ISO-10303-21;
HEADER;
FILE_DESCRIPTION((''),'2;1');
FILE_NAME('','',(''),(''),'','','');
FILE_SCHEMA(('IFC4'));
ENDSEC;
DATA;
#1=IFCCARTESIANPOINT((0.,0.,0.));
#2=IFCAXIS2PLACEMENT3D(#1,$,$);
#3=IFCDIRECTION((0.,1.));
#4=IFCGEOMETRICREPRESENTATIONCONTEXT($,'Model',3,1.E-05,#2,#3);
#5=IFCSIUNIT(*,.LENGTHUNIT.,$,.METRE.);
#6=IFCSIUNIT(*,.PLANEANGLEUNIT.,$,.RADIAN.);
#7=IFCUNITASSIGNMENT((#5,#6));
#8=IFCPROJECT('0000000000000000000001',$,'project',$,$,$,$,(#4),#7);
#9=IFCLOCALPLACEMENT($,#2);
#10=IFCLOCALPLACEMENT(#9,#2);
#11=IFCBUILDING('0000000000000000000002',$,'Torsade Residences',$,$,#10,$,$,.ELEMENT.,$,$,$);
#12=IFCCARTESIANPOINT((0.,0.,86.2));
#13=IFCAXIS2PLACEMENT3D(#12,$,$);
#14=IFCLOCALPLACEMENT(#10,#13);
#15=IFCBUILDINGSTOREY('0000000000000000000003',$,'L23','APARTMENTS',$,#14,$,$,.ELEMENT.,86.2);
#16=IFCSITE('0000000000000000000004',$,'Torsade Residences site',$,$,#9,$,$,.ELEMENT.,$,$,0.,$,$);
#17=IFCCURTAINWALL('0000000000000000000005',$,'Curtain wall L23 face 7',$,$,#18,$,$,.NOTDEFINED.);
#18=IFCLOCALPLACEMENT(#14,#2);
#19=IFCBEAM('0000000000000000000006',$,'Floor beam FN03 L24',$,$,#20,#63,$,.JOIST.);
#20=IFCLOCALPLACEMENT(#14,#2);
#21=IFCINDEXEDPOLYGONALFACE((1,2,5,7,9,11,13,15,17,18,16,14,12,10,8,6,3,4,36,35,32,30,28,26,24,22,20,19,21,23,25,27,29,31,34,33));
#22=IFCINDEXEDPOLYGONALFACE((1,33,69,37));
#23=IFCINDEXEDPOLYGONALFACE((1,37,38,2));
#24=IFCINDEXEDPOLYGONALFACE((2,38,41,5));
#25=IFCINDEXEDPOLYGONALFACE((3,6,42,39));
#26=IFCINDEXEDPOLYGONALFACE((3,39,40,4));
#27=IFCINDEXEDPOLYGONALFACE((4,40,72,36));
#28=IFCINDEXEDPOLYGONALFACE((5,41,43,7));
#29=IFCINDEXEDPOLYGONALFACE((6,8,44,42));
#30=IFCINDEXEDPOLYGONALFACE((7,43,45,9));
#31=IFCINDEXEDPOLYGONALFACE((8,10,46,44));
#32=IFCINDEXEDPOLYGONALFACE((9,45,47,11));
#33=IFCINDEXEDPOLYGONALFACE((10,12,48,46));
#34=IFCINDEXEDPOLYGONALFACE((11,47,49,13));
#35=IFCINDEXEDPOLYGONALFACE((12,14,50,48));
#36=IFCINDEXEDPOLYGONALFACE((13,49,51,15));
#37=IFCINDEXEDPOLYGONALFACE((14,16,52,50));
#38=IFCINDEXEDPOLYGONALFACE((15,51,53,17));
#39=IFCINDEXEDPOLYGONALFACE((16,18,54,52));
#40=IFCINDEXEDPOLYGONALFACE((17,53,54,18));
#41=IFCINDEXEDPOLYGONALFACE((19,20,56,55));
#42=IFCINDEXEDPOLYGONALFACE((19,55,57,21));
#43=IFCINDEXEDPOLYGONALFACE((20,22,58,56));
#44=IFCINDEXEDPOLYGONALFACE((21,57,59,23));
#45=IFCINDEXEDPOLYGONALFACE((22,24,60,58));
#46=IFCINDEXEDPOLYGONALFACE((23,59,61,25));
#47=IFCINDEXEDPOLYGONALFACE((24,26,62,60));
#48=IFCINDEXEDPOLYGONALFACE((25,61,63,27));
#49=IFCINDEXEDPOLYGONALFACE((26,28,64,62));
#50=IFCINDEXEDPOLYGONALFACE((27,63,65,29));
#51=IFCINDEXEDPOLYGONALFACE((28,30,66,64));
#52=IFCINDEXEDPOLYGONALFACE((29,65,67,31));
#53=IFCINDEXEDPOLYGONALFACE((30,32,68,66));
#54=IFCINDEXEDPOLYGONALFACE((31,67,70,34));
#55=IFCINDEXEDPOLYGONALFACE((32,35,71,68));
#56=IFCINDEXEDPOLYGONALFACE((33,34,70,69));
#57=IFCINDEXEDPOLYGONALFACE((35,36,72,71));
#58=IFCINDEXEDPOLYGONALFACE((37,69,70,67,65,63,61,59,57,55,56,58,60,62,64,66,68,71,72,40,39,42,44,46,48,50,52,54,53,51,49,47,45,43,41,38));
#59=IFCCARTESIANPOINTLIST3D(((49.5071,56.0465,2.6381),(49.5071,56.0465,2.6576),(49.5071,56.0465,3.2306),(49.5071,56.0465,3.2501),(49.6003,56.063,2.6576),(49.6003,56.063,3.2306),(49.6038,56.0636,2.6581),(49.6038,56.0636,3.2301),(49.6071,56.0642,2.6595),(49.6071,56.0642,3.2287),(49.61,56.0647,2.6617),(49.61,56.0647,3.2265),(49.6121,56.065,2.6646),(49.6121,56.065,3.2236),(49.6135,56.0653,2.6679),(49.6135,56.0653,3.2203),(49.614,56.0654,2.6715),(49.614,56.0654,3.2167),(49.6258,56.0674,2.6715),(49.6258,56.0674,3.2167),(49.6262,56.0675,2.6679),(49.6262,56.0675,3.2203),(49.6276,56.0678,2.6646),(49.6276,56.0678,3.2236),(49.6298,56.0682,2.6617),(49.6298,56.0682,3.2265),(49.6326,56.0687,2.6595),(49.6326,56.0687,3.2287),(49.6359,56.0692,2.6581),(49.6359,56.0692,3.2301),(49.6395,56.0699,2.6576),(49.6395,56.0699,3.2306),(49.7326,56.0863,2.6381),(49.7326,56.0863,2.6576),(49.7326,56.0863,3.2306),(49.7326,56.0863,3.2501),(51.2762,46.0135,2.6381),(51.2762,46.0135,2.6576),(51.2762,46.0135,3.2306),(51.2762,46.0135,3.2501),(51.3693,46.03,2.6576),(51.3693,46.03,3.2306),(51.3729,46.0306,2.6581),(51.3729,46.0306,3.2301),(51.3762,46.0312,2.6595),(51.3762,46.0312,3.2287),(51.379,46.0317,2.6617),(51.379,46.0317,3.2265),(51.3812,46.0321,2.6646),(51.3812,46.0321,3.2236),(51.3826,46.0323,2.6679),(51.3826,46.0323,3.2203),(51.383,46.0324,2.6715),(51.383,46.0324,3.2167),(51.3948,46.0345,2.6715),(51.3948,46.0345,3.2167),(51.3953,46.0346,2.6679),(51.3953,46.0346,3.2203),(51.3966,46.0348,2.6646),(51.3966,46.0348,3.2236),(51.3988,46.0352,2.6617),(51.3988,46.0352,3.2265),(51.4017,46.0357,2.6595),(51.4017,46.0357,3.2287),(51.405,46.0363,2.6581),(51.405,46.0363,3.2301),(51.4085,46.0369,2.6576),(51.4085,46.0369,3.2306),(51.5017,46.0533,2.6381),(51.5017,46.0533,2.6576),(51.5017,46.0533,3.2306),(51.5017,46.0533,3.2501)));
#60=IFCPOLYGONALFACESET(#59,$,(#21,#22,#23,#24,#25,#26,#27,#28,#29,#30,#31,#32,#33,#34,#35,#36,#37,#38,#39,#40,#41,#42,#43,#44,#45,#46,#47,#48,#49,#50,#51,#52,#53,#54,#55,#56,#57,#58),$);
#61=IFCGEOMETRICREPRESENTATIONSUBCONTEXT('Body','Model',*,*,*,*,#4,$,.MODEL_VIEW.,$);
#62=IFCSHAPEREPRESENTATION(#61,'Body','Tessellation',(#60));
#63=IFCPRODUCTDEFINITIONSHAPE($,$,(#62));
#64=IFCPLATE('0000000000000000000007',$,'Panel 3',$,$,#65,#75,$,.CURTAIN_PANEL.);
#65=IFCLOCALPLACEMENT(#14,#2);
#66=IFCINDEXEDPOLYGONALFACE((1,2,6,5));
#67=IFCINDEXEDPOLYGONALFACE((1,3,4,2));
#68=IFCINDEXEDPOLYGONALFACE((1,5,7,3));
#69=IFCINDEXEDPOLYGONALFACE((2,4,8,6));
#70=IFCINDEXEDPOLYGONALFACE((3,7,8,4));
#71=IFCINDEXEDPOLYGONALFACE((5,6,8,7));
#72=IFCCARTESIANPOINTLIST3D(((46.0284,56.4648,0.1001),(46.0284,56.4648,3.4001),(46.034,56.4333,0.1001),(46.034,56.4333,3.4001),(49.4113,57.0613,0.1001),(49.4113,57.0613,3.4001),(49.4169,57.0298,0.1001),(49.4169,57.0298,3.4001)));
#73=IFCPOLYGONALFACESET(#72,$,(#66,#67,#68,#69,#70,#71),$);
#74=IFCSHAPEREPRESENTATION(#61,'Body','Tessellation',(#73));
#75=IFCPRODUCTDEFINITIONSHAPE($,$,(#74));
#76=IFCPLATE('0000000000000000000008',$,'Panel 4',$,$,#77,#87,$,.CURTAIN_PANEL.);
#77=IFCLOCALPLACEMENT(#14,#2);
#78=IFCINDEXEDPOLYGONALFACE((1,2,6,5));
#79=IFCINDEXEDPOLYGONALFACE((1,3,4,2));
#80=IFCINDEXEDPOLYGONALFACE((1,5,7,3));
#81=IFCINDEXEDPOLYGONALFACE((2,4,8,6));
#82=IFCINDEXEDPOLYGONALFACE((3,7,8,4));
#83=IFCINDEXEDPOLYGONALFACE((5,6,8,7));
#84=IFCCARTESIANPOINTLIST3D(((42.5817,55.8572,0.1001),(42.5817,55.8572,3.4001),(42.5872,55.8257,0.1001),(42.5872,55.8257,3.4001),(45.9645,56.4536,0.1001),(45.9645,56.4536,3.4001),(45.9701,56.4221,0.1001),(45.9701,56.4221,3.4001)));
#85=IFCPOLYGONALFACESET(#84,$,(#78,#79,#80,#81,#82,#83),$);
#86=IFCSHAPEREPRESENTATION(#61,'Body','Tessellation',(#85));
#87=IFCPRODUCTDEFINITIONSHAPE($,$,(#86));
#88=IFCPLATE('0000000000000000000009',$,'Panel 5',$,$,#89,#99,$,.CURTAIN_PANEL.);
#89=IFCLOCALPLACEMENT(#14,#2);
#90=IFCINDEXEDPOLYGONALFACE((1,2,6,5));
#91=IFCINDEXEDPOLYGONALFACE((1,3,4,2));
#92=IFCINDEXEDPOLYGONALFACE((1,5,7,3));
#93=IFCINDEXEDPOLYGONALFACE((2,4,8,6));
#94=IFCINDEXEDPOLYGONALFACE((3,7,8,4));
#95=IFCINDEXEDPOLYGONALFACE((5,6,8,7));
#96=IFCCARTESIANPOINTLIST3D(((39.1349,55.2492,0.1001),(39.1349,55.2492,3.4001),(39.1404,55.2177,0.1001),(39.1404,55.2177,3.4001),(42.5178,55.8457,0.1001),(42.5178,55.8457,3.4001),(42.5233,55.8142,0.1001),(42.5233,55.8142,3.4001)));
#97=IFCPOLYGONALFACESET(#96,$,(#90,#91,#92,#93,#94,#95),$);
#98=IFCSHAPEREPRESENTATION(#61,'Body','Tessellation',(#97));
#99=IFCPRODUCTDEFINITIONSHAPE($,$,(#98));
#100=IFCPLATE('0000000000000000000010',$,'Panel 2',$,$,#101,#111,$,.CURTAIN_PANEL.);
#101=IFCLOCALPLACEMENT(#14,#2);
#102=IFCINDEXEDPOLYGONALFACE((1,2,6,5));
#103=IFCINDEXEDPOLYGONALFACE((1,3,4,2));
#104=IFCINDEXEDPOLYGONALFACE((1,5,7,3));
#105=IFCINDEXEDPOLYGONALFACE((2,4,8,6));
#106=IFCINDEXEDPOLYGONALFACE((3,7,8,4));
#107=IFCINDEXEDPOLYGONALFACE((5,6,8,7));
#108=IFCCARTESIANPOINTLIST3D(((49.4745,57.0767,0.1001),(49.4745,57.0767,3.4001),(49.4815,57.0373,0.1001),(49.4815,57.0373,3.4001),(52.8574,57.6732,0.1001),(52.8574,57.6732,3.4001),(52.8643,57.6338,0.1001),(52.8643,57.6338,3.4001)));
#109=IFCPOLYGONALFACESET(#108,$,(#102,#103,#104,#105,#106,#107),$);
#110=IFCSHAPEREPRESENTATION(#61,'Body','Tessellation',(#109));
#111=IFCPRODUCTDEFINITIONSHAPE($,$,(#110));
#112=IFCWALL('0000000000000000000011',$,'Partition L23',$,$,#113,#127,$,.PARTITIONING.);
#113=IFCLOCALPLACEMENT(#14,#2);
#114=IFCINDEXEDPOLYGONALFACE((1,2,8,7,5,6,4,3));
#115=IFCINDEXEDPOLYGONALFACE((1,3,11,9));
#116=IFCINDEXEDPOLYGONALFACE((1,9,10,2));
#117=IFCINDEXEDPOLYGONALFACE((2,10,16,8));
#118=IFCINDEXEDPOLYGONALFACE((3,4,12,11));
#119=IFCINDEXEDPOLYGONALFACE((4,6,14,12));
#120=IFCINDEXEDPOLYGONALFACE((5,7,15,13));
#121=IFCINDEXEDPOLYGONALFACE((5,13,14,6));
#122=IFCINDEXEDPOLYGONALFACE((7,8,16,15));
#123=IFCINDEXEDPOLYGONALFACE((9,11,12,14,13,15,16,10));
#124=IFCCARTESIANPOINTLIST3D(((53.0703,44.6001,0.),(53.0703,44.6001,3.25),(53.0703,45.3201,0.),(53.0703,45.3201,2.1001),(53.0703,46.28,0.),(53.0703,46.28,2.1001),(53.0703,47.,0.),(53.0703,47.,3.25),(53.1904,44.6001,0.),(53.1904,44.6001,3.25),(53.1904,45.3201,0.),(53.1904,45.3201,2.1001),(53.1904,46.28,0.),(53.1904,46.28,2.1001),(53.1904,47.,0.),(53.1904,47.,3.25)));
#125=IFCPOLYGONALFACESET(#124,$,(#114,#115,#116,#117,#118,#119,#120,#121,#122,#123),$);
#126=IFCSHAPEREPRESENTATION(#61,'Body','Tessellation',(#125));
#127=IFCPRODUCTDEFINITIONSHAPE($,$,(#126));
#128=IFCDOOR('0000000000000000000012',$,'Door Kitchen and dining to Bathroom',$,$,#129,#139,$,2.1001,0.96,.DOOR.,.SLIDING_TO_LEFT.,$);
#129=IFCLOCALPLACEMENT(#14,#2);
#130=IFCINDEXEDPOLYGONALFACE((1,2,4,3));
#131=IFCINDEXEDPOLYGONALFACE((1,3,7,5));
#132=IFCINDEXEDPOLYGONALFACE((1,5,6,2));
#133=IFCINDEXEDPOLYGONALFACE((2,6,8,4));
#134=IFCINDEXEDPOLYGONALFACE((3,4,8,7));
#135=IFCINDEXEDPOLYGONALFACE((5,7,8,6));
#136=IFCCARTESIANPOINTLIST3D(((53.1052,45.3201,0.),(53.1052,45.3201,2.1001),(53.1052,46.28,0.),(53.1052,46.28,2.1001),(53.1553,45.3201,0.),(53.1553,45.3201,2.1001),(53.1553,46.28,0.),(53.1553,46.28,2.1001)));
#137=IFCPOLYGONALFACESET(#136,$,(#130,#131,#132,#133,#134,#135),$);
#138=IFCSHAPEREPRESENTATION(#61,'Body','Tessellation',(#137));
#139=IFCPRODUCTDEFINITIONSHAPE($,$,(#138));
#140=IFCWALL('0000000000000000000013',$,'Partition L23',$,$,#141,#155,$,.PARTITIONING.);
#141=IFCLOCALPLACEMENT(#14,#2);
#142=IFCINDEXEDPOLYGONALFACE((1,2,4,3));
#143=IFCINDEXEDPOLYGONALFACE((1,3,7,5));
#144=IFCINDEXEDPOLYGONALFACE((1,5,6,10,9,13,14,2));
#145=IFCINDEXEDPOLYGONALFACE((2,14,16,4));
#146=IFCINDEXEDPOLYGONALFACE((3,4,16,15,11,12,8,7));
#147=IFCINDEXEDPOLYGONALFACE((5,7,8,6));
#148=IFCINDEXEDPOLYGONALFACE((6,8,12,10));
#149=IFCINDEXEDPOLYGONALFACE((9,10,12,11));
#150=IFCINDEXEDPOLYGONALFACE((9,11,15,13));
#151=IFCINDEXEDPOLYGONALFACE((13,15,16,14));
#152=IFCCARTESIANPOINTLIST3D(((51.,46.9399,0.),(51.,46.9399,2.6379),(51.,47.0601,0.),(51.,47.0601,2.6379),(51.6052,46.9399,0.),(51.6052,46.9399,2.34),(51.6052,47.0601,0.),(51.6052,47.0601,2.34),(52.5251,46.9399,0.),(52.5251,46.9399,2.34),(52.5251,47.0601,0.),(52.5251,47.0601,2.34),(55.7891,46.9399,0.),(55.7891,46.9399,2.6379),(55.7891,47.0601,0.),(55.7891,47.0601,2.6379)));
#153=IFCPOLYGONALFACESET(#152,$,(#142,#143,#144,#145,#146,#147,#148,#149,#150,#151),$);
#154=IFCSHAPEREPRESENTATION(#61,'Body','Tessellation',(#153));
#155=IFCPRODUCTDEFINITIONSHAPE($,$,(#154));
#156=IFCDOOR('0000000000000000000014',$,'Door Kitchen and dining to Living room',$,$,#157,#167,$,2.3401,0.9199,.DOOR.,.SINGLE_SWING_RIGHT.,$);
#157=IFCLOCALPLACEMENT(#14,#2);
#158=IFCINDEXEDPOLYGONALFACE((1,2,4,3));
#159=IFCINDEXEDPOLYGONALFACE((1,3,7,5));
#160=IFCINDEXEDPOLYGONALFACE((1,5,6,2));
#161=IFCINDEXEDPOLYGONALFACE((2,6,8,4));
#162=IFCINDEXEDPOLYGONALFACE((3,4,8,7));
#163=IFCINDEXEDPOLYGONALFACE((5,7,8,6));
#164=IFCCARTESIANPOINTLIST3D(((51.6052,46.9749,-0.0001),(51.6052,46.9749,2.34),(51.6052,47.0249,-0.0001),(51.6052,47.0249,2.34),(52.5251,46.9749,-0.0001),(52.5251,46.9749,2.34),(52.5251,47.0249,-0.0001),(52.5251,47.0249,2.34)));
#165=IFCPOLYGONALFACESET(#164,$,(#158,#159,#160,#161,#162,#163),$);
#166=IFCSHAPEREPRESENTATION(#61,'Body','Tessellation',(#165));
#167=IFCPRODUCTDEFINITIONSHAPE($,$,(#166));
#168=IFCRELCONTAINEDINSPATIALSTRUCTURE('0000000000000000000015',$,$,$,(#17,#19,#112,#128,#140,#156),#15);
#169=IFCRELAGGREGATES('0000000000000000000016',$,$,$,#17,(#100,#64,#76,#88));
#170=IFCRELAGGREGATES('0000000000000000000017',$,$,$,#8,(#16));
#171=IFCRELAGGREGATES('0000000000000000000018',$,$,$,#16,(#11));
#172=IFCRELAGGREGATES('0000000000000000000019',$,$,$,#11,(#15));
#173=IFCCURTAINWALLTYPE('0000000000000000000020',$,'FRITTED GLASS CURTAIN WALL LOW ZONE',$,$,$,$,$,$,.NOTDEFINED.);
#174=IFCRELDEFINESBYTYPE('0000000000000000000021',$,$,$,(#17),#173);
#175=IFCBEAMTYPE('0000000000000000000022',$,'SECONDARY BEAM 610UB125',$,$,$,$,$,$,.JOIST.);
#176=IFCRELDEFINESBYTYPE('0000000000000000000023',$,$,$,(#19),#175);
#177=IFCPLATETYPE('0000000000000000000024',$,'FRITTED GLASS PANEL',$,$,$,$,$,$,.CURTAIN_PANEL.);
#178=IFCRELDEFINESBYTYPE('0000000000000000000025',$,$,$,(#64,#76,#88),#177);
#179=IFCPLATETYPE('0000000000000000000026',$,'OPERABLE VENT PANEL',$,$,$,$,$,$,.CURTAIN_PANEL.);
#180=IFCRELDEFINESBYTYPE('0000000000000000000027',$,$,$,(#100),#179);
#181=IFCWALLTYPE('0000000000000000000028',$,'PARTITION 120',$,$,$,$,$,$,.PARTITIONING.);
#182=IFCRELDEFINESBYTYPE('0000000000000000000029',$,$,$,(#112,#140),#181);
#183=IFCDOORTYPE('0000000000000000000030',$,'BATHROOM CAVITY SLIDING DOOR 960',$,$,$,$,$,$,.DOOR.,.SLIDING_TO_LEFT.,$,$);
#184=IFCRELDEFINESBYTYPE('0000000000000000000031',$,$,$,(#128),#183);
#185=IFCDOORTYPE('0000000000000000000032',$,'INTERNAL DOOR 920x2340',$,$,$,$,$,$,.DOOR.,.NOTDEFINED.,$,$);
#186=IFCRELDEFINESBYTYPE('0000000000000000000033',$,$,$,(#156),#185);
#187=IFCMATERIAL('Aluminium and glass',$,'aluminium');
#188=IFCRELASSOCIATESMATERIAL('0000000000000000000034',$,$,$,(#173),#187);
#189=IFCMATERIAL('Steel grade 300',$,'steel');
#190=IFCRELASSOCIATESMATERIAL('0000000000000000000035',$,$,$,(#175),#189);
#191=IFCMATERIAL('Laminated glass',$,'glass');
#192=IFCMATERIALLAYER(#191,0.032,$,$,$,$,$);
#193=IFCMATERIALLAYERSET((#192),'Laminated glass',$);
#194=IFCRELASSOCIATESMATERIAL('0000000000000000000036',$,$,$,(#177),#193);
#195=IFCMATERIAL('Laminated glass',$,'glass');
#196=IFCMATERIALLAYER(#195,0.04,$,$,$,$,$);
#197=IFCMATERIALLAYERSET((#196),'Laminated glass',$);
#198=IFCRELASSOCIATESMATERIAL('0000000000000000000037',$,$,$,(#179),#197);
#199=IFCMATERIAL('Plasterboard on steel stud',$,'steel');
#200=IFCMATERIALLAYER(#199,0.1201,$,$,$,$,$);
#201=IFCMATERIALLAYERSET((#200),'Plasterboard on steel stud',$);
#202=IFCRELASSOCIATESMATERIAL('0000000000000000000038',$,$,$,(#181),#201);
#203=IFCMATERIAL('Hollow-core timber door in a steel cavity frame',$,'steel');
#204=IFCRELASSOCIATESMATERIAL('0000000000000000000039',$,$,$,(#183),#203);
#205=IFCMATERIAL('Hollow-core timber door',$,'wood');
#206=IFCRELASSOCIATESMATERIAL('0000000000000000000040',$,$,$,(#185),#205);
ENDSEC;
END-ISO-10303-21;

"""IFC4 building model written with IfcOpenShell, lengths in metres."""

from ifc_helpers import new_model, si_unit, direction, frame, frame_2d, origin, origin_2d, place, context, subcontext, project, spatial, rectangle, i_section, extrude, material, layer, layer_set, material_profile, profile_set, type_object, element, fill, aggregate, save


model = new_model("IFC4")

# Units and contexts
model_context = context("Model", 3, precision=1e-05, world=origin(), true_north=direction((0.0, 1.0)))
body_context = subcontext(model_context, "Body", "Model", "MODEL_VIEW")
ifc_project = project(units=[si_unit("LENGTHUNIT", "METRE"), si_unit("PLANEANGLEUNIT", "RADIAN")], contexts=[model_context])

# Site, building, storey
site_placement = place(None, origin())
site = spatial("IfcSite", under=ifc_project, at=site_placement, Name="Torsade Residences site", CompositionType="ELEMENT", RefElevation=0.0)
building_placement = place(site_placement, origin())
building = spatial("IfcBuilding", under=site, at=building_placement, Name="Torsade Residences", CompositionType="ELEMENT")
storey_placement = place(building_placement, frame((0.0, 0.0, 86.2)))
storey = spatial("IfcBuildingStorey", under=building, at=storey_placement, Name="L23", Description="APARTMENTS", CompositionType="ELEMENT", Elevation=86.2)

# Curtain wall
ifc_material_1 = material(Name="Aluminium and glass", Category="aluminium")
curtain_wall_type = type_object("IfcCurtainWallType", Name="FRITTED GLASS CURTAIN WALL LOW ZONE", PredefinedType="NOTDEFINED", material=ifc_material_1)
curtain_wall_placement = place(storey_placement, origin())
curtain_wall = element("IfcCurtainWall", 1, at=curtain_wall_placement, inside=storey, type_object=curtain_wall_type, Name="Curtain wall L23 face 7", PredefinedType="NOTDEFINED")

# Beam
ifc_material_2 = material(Name="Steel grade 300", Category="steel")
ifc_material_profile_1 = material_profile(ifc_material_2, i_section(OverallWidth=0.229, OverallDepth=0.6121, WebThickness=0.012, FlangeThickness=0.0195, FilletRadius=0.0139, at=origin_2d()), Name="610UB125")
ifc_profile_set_1 = profile_set([ifc_material_profile_1], Name="Steel grade 300")
beam_type_1 = type_object("IfcBeamType", Name="SECONDARY BEAM 610UB125", PredefinedType="JOIST", material=ifc_profile_set_1)
beam_1_placement = place(storey_placement, frame((49.6199, 56.0664, 2.9441), z_axis=(0.173645, -0.984808, 0.0), x_axis=(0.984808, 0.173645, 0.0)))
element("IfcBeam", 2, at=beam_1_placement, inside=storey, type_object=beam_type_1, Name="Floor beam FN03 L24", PredefinedType="JOIST", context=body_context, shape_type="SweptSolid", body=[
    extrude(i_section(OverallWidth=0.229, OverallDepth=0.6121, WebThickness=0.012, FlangeThickness=0.0195, FilletRadius=0.0139, at=origin_2d()), origin(), (0.0, 0.0, 1.0), 10.1877),
])

# Plates
ifc_material_3 = material(Name="Laminated glass", Category="glass")
ifc_layer_1 = layer(ifc_material_3, 0.032)
ifc_layer_set_1 = layer_set([ifc_layer_1], Name="Laminated glass")
plate_type_1 = type_object("IfcPlateType", Name="FRITTED GLASS PANEL", PredefinedType="CURTAIN_PANEL", material=ifc_layer_set_1)
plate_1_placement = place(storey_placement, frame((47.7227, 56.7473, 0.1001), z_axis=(0.0, 0.0, 1.0), x_axis=(-0.984808, -0.173648, 0.0)))
plate_1 = element("IfcPlate", 3, at=plate_1_placement, type_object=plate_type_1, Name="Panel 3", PredefinedType="CURTAIN_PANEL", context=body_context, shape_type="SweptSolid", body=[
    extrude(rectangle(XDim=3.4351, YDim=0.032, at=origin_2d()), origin(), (0.0, 0.0, 1.0), 3.3),
])
plate_2_placement = place(storey_placement, frame((44.2759, 56.1396, 0.1001), z_axis=(0.0, 0.0, 1.0), x_axis=(-0.984808, -0.173648, 0.0)))
plate_2 = element("IfcPlate", 4, at=plate_2_placement, type_object=plate_type_1, Name="Panel 4", PredefinedType="CURTAIN_PANEL", context=body_context, shape_type="SweptSolid", body=[
    extrude(rectangle(XDim=3.4351, YDim=0.032, at=origin_2d()), origin(), (0.0, 0.0, 1.0), 3.3),
])
plate_3_placement = place(storey_placement, frame((40.8291, 55.5317, 0.1001), z_axis=(0.0, 0.0, 1.0), x_axis=(-0.984808, -0.173648, 0.0)))
plate_3 = element("IfcPlate", 5, at=plate_3_placement, type_object=plate_type_1, Name="Panel 5", PredefinedType="CURTAIN_PANEL", context=body_context, shape_type="SweptSolid", body=[
    extrude(rectangle(XDim=3.4351, YDim=0.032, at=origin_2d()), origin(), (0.0, 0.0, 1.0), 3.3),
])
ifc_material_4 = material(Name="Laminated glass", Category="glass")
ifc_layer_2 = layer(ifc_material_4, 0.04)
ifc_layer_set_2 = layer_set([ifc_layer_2], Name="Laminated glass")
plate_type_2 = type_object("IfcPlateType", Name="OPERABLE VENT PANEL", PredefinedType="CURTAIN_PANEL", material=ifc_layer_set_2)
plate_4_placement = place(storey_placement, frame((51.1694, 57.3552, 0.1001), z_axis=(0.0, 0.0, 1.0), x_axis=(-0.984808, -0.173648, 0.0)))
plate_4 = element("IfcPlate", 6, at=plate_4_placement, type_object=plate_type_2, Name="Panel 2", PredefinedType="CURTAIN_PANEL", context=body_context, shape_type="SweptSolid", body=[
    extrude(rectangle(XDim=3.4351, YDim=0.04, at=origin_2d()), origin(), (0.0, 0.0, 1.0), 3.3),
])
aggregate(curtain_wall, [plate_4, plate_1, plate_2, plate_3])

# Walls, openings, doors
ifc_material_5 = material(Name="Plasterboard on steel stud", Category="steel")
ifc_layer_3 = layer(ifc_material_5, 0.1201)
ifc_layer_set_3 = layer_set([ifc_layer_3], Name="Plasterboard on steel stud")
wall_type_1 = type_object("IfcWallType", Name="PARTITION 120", PredefinedType="PARTITIONING", material=ifc_layer_set_3)
wall_1_placement = place(storey_placement, frame((53.1304, 47.0, 0.0), z_axis=(0.0, 0.0, 1.0), x_axis=(0.0, -1.0, 0.0)))
wall_1 = element("IfcWall", 7, at=wall_1_placement, inside=storey, type_object=wall_type_1, Name="Partition L23", PredefinedType="PARTITIONING", context=body_context, shape_type="SweptSolid", body=[
    extrude(rectangle(XDim=2.3999, YDim=0.1201, at=frame_2d((1.2, 0.0))), origin(), (0.0, 0.0, 1.0), 3.25),
])
opening_1_placement = place(wall_1_placement, frame((0.72, 0.0, 0.0)))
opening_1 = element("IfcOpeningElement", 8, at=opening_1_placement, cuts=wall_1, PredefinedType="OPENING", context=body_context, shape_type="SweptSolid", body=[
    extrude(rectangle(XDim=0.96, YDim=2.1001, at=frame_2d((0.48, 1.05))), frame((0.0, 0.0701, 0.0), z_axis=(0.0, -1.0, 0.0), x_axis=(1.0, 0.0, 0.0)), (0.0, 0.0, 1.0), 0.1401),
])
ifc_material_6 = material(Name="Hollow-core timber door in a steel cavity frame", Category="steel")
door_type_1 = type_object("IfcDoorType", Name="BATHROOM CAVITY SLIDING DOOR 960", OperationType="SLIDING_TO_LEFT", PredefinedType="DOOR", material=ifc_material_6)
door_1_placement = place(opening_1_placement, origin())
door_1 = element("IfcDoor", 9, at=door_1_placement, inside=storey, type_object=door_type_1, Name="Door Kitchen and dining to Bathroom", OperationType="SLIDING_TO_LEFT", OverallHeight=2.1001, OverallWidth=0.96, PredefinedType="DOOR", context=body_context, shape_type="SweptSolid", body=[
    extrude(rectangle(XDim=0.96, YDim=2.1001, at=frame_2d((0.48, 1.05))), frame((0.0, 0.0249, 0.0), z_axis=(0.0, -1.0, 0.0), x_axis=(1.0, 0.0, 0.0)), (0.0, 0.0, 1.0), 0.05),
])
fill(opening_1, door_1)
wall_2_placement = place(storey_placement, frame((51.0, 47.0, 0.0), z_axis=(0.0, 0.0, 1.0), x_axis=(1.0, 0.0, 0.0)))
wall_2 = element("IfcWall", 10, at=wall_2_placement, inside=storey, type_object=wall_type_1, Name="Partition L23", PredefinedType="PARTITIONING", context=body_context, shape_type="SweptSolid", body=[
    extrude(rectangle(XDim=4.7891, YDim=0.1201, at=frame_2d((2.3945, 0.0))), origin(), (0.0, 0.0, 1.0), 2.6379),
])
opening_2_placement = place(wall_2_placement, frame((0.6052, 0.0, 0.0)))
opening_2 = element("IfcOpeningElement", 11, at=opening_2_placement, cuts=wall_2, PredefinedType="OPENING", context=body_context, shape_type="SweptSolid", body=[
    extrude(rectangle(XDim=0.9199, YDim=2.3401, at=frame_2d((0.46, 1.1699))), frame((0.0, 0.0701, 0.0), z_axis=(0.0, -1.0, 0.0), x_axis=(1.0, 0.0, 0.0)), (0.0, 0.0, 1.0), 0.1401),
])
ifc_material_7 = material(Name="Hollow-core timber door", Category="wood")
door_type_2 = type_object("IfcDoorType", Name="INTERNAL DOOR 920x2340", OperationType="NOTDEFINED", PredefinedType="DOOR", material=ifc_material_7)
door_2_placement = place(opening_2_placement, origin())
door_2 = element("IfcDoor", 12, at=door_2_placement, inside=storey, type_object=door_type_2, Name="Door Kitchen and dining to Living room", OperationType="SINGLE_SWING_RIGHT", OverallHeight=2.3401, OverallWidth=0.9199, PredefinedType="DOOR", context=body_context, shape_type="SweptSolid", body=[
    extrude(rectangle(XDim=0.9199, YDim=2.3401, at=frame_2d((0.46, 1.1699))), frame((0.0, 0.0249, 0.0), z_axis=(0.0, -1.0, 0.0), x_axis=(1.0, 0.0, 0.0)), (0.0, 0.0, 1.0), 0.05),
])
fill(opening_2, door_2)

save(model, "model.ifc")
